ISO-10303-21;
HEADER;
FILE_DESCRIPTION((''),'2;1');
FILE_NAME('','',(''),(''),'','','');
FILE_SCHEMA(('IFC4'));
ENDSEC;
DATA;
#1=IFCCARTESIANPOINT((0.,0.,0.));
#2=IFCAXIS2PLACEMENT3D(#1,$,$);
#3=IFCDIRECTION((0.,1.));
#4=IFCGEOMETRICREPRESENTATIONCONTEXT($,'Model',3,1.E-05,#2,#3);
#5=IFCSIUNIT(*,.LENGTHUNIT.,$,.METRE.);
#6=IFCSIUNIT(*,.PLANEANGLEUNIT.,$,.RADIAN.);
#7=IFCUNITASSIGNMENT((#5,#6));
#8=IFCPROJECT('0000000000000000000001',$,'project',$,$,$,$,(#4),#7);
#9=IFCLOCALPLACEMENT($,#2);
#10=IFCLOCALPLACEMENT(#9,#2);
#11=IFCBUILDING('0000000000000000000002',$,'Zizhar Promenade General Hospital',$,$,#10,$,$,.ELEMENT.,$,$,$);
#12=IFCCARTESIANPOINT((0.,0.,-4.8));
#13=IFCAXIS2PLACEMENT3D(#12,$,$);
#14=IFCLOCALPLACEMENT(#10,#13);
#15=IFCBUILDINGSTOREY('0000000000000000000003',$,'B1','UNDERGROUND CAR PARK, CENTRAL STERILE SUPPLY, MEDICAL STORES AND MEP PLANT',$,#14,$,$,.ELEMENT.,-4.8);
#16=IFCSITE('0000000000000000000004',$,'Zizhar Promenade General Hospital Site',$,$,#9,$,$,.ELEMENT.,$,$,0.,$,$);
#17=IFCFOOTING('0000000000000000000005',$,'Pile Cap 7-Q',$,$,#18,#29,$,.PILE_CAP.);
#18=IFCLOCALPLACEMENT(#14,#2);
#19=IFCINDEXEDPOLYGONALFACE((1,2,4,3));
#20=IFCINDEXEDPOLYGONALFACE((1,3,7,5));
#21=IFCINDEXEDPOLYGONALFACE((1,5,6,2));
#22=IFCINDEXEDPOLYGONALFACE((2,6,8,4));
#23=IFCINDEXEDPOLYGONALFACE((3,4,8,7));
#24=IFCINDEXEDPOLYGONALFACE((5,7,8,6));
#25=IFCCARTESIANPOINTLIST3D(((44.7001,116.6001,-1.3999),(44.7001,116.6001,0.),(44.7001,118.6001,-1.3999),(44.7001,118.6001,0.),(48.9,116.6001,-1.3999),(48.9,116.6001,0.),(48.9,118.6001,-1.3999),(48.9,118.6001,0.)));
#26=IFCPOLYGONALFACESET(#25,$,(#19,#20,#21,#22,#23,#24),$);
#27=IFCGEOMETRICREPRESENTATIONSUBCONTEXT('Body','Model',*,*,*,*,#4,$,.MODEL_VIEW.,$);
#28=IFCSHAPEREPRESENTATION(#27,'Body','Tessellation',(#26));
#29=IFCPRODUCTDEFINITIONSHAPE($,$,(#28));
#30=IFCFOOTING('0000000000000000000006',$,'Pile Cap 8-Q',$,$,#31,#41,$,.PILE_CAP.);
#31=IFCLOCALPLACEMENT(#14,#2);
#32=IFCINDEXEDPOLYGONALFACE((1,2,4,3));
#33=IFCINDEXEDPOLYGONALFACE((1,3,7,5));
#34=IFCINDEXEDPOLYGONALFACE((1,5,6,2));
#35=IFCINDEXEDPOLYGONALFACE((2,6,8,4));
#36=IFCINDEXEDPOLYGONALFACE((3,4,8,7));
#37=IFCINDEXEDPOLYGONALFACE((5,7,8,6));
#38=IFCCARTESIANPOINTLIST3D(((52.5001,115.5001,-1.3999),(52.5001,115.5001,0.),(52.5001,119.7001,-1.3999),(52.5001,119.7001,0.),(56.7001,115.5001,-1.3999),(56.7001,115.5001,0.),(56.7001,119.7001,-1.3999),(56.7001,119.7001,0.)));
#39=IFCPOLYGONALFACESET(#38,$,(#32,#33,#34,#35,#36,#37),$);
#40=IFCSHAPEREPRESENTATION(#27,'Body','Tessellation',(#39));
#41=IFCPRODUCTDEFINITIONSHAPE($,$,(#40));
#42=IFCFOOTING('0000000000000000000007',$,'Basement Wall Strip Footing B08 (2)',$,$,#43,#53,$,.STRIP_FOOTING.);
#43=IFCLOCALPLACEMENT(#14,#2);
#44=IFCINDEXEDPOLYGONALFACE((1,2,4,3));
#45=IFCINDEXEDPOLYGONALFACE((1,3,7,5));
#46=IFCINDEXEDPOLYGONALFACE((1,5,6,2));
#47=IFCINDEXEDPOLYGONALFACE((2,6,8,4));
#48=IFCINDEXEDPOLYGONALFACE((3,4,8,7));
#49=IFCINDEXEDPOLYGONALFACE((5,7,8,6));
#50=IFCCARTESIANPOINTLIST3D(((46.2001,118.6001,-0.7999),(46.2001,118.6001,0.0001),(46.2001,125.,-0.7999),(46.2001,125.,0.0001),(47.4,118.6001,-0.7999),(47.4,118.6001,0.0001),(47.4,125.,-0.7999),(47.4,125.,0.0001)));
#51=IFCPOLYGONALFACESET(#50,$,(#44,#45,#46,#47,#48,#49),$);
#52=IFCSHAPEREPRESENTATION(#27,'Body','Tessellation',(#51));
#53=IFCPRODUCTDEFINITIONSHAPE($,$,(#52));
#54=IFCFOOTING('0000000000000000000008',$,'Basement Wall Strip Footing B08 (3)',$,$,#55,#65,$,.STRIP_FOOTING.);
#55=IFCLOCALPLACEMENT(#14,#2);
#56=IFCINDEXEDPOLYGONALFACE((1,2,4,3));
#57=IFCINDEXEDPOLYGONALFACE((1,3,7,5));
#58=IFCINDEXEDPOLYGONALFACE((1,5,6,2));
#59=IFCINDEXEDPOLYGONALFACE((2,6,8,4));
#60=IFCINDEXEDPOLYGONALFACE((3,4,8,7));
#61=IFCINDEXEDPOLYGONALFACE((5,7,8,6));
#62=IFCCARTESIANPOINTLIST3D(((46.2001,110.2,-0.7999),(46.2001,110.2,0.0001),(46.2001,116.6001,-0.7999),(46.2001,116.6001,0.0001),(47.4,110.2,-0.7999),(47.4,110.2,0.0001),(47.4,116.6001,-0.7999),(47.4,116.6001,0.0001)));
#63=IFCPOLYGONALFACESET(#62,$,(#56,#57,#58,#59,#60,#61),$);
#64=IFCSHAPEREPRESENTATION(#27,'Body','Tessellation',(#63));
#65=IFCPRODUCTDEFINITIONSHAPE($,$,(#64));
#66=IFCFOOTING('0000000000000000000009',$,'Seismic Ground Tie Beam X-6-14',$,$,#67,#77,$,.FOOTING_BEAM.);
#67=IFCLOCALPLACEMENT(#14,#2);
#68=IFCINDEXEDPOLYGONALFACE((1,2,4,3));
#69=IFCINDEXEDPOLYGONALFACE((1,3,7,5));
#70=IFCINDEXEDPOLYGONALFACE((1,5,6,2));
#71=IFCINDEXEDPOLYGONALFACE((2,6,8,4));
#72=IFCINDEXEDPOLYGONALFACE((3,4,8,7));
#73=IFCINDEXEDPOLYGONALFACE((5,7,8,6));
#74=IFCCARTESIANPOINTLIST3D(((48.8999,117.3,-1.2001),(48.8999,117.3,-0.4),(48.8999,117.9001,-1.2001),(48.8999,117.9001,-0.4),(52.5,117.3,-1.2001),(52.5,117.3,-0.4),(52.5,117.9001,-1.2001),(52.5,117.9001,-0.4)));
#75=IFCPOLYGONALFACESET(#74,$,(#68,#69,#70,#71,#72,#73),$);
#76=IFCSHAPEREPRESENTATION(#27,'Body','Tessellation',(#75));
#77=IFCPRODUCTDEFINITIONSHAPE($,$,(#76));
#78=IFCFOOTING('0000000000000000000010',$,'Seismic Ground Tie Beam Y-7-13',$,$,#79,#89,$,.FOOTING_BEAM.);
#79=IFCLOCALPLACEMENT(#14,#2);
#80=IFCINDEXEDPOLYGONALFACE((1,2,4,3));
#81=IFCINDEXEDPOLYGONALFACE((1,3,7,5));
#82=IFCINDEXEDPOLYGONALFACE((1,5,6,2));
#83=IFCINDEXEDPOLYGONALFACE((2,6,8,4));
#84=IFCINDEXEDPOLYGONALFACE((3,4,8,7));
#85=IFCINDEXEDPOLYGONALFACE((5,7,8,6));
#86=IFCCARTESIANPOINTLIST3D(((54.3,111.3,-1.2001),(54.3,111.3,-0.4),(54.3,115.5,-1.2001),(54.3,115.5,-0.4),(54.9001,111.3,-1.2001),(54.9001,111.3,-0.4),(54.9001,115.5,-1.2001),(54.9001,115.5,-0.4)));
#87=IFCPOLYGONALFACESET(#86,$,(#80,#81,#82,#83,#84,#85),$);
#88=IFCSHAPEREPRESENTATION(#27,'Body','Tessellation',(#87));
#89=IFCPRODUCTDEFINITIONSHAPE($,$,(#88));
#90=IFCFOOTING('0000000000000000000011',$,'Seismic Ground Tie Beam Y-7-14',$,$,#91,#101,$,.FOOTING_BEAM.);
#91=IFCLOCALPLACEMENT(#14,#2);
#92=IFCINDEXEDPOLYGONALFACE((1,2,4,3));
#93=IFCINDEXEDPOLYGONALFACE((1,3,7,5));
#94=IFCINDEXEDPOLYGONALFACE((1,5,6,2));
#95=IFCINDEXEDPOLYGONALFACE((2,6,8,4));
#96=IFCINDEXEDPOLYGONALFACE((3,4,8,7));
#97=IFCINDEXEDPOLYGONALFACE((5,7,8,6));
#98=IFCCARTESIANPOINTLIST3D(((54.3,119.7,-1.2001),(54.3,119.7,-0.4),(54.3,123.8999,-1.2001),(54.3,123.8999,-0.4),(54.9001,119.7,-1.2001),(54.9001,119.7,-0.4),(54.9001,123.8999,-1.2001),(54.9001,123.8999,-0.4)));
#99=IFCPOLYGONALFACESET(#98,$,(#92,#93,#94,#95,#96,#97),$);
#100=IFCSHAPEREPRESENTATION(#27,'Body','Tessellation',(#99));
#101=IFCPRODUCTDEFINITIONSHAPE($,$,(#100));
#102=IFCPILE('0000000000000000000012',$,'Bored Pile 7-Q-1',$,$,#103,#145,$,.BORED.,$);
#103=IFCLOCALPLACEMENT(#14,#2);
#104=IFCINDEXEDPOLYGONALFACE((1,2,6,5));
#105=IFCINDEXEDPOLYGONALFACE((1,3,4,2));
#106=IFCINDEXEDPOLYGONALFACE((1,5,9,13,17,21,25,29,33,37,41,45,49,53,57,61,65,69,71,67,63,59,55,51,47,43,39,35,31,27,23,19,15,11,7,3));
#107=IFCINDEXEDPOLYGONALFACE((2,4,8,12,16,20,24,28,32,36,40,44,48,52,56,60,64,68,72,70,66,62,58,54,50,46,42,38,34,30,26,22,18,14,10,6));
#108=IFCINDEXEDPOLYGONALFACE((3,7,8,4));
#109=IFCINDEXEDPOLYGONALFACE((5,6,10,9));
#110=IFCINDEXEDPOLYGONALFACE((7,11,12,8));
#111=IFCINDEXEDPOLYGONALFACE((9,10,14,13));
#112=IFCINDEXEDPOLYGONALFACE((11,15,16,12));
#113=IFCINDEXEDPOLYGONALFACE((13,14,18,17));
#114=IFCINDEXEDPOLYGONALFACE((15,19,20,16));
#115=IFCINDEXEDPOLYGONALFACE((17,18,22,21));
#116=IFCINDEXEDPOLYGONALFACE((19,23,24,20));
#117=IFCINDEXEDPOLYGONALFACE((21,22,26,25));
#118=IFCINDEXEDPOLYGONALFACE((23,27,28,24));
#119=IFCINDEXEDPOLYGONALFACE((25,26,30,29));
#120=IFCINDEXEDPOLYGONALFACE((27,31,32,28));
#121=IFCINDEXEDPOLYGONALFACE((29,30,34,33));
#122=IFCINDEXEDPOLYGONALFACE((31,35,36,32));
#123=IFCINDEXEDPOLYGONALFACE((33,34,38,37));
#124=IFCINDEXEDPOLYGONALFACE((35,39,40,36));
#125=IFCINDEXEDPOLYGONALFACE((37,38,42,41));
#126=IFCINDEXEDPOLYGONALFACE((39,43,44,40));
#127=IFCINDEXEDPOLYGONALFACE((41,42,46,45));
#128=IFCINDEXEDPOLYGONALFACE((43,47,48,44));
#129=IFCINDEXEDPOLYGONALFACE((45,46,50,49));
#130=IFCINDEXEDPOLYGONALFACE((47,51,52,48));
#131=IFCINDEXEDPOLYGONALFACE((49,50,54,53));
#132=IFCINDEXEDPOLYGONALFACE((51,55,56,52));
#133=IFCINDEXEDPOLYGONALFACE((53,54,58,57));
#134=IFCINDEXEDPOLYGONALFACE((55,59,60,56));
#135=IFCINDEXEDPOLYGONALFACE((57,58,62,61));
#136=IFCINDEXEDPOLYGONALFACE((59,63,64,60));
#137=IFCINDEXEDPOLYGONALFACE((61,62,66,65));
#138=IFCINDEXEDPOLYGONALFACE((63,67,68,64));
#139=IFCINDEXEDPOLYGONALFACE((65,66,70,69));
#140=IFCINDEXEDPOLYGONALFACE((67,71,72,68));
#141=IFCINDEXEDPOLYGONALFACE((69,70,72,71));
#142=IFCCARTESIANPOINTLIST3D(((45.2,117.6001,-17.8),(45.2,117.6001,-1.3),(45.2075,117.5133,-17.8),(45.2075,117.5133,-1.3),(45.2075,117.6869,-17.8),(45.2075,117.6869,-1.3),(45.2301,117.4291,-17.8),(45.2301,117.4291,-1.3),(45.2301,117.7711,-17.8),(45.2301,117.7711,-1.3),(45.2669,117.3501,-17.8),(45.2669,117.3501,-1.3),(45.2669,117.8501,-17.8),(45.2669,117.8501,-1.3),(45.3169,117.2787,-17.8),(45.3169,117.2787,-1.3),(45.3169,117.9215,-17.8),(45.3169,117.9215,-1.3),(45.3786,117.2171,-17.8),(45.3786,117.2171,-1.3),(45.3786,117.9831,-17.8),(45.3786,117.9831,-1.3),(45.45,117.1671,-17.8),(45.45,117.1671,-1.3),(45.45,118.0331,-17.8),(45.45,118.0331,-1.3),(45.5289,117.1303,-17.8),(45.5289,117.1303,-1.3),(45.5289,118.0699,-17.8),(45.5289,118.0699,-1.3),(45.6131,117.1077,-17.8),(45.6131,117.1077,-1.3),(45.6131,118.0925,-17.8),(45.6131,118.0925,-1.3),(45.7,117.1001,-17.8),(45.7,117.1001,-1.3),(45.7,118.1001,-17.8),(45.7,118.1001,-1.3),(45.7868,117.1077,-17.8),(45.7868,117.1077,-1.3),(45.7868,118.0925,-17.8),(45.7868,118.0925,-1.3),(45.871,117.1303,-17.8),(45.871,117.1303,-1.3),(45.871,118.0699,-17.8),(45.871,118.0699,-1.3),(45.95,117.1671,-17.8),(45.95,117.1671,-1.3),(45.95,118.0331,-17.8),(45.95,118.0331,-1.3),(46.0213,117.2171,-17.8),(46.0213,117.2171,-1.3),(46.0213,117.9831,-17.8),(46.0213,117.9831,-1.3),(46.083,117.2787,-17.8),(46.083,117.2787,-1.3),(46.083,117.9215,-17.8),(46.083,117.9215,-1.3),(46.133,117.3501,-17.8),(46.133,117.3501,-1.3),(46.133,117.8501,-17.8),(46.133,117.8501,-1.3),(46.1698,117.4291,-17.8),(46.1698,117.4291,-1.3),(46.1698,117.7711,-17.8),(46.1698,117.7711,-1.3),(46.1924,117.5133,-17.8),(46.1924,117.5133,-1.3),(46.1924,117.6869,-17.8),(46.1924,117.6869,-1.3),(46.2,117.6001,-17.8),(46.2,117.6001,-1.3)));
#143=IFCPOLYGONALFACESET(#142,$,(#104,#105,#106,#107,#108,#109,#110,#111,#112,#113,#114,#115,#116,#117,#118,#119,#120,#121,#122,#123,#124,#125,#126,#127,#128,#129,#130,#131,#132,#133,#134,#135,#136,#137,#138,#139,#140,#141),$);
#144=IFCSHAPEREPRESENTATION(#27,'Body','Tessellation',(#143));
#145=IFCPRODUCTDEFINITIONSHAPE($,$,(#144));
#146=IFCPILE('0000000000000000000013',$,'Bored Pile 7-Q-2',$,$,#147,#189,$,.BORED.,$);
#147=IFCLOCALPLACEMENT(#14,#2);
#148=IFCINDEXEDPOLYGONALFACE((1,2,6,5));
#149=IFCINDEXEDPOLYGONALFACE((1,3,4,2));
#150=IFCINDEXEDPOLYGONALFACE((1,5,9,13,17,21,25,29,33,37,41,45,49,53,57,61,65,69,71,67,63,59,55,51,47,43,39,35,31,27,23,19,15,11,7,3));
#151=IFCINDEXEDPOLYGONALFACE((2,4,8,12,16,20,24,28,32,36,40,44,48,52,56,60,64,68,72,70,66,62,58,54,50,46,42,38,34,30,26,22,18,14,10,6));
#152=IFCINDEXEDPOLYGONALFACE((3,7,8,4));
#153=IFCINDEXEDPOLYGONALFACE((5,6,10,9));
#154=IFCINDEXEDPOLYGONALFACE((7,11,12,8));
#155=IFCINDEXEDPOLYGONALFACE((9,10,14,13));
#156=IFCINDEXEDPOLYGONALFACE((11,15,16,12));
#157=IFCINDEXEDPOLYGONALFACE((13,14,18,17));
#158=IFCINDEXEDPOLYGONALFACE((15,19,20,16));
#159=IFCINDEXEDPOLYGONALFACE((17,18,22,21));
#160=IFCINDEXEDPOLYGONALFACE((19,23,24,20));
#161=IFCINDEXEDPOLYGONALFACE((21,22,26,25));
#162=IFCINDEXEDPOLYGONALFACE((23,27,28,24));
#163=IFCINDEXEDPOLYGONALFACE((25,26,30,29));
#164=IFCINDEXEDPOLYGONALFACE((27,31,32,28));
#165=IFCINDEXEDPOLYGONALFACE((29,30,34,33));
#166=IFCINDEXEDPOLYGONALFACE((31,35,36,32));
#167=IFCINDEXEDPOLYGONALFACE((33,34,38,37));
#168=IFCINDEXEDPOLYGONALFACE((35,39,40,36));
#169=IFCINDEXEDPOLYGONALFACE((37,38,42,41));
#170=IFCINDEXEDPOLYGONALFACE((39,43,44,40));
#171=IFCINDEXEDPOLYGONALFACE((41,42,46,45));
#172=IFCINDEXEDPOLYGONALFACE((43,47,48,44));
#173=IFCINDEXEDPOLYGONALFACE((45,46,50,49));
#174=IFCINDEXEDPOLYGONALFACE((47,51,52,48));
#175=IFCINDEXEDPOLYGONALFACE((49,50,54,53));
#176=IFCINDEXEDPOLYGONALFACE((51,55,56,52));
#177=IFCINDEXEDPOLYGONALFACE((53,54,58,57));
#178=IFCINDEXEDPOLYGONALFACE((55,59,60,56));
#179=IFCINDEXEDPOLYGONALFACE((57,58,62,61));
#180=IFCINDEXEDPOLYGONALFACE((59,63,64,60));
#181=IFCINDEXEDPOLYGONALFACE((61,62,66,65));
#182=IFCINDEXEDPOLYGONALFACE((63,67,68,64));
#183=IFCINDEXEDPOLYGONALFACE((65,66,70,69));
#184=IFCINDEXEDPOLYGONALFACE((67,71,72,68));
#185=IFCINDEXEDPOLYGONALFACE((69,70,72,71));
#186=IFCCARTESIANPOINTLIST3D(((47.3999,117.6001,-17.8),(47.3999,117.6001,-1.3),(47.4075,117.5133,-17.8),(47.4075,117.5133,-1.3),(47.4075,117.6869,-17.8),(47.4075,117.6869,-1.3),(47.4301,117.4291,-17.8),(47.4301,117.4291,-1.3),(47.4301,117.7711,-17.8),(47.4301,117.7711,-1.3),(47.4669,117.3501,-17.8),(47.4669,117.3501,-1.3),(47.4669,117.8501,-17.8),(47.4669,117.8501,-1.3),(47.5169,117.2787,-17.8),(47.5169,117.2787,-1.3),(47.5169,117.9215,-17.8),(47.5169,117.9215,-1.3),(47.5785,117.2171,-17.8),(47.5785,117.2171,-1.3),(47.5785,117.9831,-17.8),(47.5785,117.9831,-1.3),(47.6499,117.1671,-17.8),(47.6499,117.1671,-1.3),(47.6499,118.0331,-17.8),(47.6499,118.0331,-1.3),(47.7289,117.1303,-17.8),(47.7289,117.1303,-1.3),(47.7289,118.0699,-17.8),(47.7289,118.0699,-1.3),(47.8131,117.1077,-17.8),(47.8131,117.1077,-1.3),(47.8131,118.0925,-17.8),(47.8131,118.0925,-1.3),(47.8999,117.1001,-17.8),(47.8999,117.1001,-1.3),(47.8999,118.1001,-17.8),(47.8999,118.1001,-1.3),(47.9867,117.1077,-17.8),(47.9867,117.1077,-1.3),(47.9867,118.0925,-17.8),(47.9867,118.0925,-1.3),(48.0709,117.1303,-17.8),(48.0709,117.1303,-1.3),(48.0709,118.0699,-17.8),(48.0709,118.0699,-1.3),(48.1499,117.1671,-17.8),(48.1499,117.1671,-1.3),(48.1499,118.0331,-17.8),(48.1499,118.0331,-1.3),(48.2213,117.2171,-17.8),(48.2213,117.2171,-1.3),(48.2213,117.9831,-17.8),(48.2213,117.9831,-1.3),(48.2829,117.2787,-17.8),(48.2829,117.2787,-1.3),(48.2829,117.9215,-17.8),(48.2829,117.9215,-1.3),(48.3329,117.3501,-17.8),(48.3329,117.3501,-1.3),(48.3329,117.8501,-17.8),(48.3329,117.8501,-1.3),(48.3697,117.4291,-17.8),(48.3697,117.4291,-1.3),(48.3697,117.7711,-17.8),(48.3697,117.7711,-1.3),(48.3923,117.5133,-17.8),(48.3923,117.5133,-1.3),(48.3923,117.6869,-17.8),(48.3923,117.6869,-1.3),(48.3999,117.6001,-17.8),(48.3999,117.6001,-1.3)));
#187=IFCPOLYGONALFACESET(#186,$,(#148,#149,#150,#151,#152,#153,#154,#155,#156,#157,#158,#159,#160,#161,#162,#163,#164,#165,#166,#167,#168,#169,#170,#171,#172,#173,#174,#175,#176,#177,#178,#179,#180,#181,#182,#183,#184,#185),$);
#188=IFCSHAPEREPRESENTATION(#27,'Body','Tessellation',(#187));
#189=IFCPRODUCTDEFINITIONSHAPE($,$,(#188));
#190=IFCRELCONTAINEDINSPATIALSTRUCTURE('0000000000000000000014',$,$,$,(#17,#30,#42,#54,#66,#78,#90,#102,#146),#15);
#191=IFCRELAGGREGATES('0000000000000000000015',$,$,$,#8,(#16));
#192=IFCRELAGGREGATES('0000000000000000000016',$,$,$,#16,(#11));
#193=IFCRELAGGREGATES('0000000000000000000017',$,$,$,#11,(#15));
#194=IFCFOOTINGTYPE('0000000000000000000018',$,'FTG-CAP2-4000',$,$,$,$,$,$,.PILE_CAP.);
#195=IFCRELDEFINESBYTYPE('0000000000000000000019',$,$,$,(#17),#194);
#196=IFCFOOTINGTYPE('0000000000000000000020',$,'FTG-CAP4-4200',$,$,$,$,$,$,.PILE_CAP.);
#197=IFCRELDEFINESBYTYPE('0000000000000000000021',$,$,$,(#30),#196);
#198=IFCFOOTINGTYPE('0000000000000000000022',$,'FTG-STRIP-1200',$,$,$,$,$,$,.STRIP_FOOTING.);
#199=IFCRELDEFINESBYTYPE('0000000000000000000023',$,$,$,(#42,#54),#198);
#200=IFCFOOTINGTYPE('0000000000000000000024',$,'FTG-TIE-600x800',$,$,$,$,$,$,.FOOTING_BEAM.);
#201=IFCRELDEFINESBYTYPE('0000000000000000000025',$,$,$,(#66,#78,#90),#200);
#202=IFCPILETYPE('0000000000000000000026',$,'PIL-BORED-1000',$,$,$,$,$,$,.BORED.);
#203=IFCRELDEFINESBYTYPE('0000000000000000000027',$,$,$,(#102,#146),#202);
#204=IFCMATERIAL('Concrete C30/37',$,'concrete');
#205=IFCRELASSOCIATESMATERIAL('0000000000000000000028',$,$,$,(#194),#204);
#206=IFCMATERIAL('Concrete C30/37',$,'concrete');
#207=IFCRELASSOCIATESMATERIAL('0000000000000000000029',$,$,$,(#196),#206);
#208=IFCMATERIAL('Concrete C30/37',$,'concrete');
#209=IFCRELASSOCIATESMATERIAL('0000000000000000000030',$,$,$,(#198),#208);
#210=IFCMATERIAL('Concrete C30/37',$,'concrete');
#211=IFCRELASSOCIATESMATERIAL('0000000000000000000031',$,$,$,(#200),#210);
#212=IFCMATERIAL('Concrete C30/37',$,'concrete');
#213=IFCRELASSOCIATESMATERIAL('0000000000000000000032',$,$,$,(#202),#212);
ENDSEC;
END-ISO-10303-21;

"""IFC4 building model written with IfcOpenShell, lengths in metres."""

from ifc_helpers import new_model, si_unit, direction, frame, origin, origin_2d, place, context, subcontext, project, spatial, rectangle, circle, extrude, material, material_profile, profile_set, type_object, element, save


model = new_model("IFC4")

# Units and contexts
model_context = context("Model", 3, precision=1e-05, world=origin(), true_north=direction((0.0, 1.0)))
body_context = subcontext(model_context, "Body", "Model", "MODEL_VIEW")
ifc_project = project(units=[si_unit("LENGTHUNIT", "METRE"), si_unit("PLANEANGLEUNIT", "RADIAN")], contexts=[model_context])

# Site, building, storey
site_placement = place(None, origin())
site = spatial("IfcSite", under=ifc_project, at=site_placement, Name="Zizhar Promenade General Hospital Site", CompositionType="ELEMENT", RefElevation=0.0)
building_placement = place(site_placement, origin())
building = spatial("IfcBuilding", under=site, at=building_placement, Name="Zizhar Promenade General Hospital", CompositionType="ELEMENT")
storey_placement = place(building_placement, frame((0.0, 0.0, -4.8)))
storey = spatial("IfcBuildingStorey", under=building, at=storey_placement, Name="B1", Description="UNDERGROUND CAR PARK, CENTRAL STERILE SUPPLY, MEDICAL STORES AND MEP PLANT", CompositionType="ELEMENT", Elevation=-4.8)

# Footings
ifc_material_1 = material(Name="Concrete C30/37", Category="concrete")
footing_type_1 = type_object("IfcFootingType", Name="FTG-CAP2-4000", PredefinedType="PILE_CAP", material=ifc_material_1)
footing_1_placement = place(storey_placement, frame((46.8, 117.6001, -1.3999), z_axis=(0.0, 0.0, 1.0), x_axis=(1.0, 0.0, 0.0)))
element("IfcFooting", 1, at=footing_1_placement, inside=storey, type_object=footing_type_1, Name="Pile Cap 7-Q", PredefinedType="PILE_CAP", context=body_context, shape_type="SweptSolid", body=[
    extrude(rectangle(XDim=4.2, YDim=2.0, at=origin_2d()), origin(), (0.0, 0.0, 1.0), 1.3999),
])
ifc_material_2 = material(Name="Concrete C30/37", Category="concrete")
footing_type_2 = type_object("IfcFootingType", Name="FTG-CAP4-4200", PredefinedType="PILE_CAP", material=ifc_material_2)
footing_2_placement = place(storey_placement, frame((54.6001, 117.6001, -1.3999), z_axis=(0.0, 0.0, 1.0), x_axis=(1.0, 0.0, 0.0)))
element("IfcFooting", 2, at=footing_2_placement, inside=storey, type_object=footing_type_2, Name="Pile Cap 8-Q", PredefinedType="PILE_CAP", context=body_context, shape_type="SweptSolid", body=[
    extrude(rectangle(XDim=4.2, YDim=4.2, at=origin_2d()), origin(), (0.0, 0.0, 1.0), 1.3999),
])
ifc_material_3 = material(Name="Concrete C30/37", Category="concrete")
ifc_material_profile_1 = material_profile(ifc_material_3, rectangle(XDim=1.2, YDim=0.8, at=origin_2d()))
ifc_profile_set_1 = profile_set([ifc_material_profile_1], Name="Concrete C30/37")
footing_type_3 = type_object("IfcFootingType", Name="FTG-STRIP-1200", PredefinedType="STRIP_FOOTING", material=ifc_profile_set_1)
footing_3_placement = place(storey_placement, frame((46.8, 125.0, -0.3999), z_axis=(0.0, -1.0, 0.0), x_axis=(1.0, 0.0, 0.0)))
element("IfcFooting", 3, at=footing_3_placement, inside=storey, type_object=footing_type_3, Name="Basement Wall Strip Footing B08 (2)", PredefinedType="STRIP_FOOTING", context=body_context, shape_type="SweptSolid", body=[
    extrude(rectangle(XDim=1.2, YDim=0.8, at=origin_2d()), origin(), (0.0, 0.0, 1.0), 6.3999),
])
footing_4_placement = place(storey_placement, frame((46.8, 116.6001, -0.3999), z_axis=(0.0, -1.0, 0.0), x_axis=(1.0, 0.0, 0.0)))
element("IfcFooting", 4, at=footing_4_placement, inside=storey, type_object=footing_type_3, Name="Basement Wall Strip Footing B08 (3)", PredefinedType="STRIP_FOOTING", context=body_context, shape_type="SweptSolid", body=[
    extrude(rectangle(XDim=1.2, YDim=0.8, at=origin_2d()), origin(), (0.0, 0.0, 1.0), 6.4001),
])
ifc_material_4 = material(Name="Concrete C30/37", Category="concrete")
ifc_material_profile_2 = material_profile(ifc_material_4, rectangle(XDim=0.6001, YDim=0.8, at=origin_2d()))
ifc_profile_set_2 = profile_set([ifc_material_profile_2], Name="Concrete C30/37")
footing_type_4 = type_object("IfcFootingType", Name="FTG-TIE-600x800", PredefinedType="FOOTING_BEAM", material=ifc_profile_set_2)
footing_5_placement = place(storey_placement, frame((48.8999, 117.6001, -0.8), z_axis=(1.0, 0.0, 0.0), x_axis=(0.0, 1.0, 0.0)))
element("IfcFooting", 5, at=footing_5_placement, inside=storey, type_object=footing_type_4, Name="Seismic Ground Tie Beam X-6-14", PredefinedType="FOOTING_BEAM", context=body_context, shape_type="SweptSolid", body=[
    extrude(rectangle(XDim=0.6001, YDim=0.8, at=origin_2d()), origin(), (0.0, 0.0, 1.0), 3.6001),
])
for number, where, z_axis, x_axis, name in (
    (6, (54.6001, 111.3, -0.8), (0.0, 1.0, 0.0), (-1.0, 0.0, 0.0), "Seismic Ground Tie Beam Y-7-13"),
    (7, (54.6001, 119.7, -0.8), (0.0, 1.0, 0.0), (-1.0, 0.0, 0.0), "Seismic Ground Tie Beam Y-7-14"),
):
    element("IfcFooting", number, at=place(storey_placement, frame(where, z_axis=z_axis, x_axis=x_axis)), inside=storey, type_object=footing_type_4, Name=name, PredefinedType="FOOTING_BEAM", context=body_context, shape_type="SweptSolid", body=[
        extrude(rectangle(XDim=0.6001, YDim=0.8, at=origin_2d()), origin(), (0.0, 0.0, 1.0), 4.2),
    ])

# Piles
ifc_material_5 = material(Name="Concrete C30/37", Category="concrete")
ifc_material_profile_3 = material_profile(ifc_material_5, circle(Radius=0.5, at=origin_2d()))
ifc_profile_set_3 = profile_set([ifc_material_profile_3], Name="Concrete C30/37")
pile_type = type_object("IfcPileType", Name="PIL-BORED-1000", PredefinedType="BORED", material=ifc_profile_set_3)
for number, where, z_axis, x_axis, name in (
    (8, (45.7, 117.6001, -1.3), (0.0, 0.0, -1.0), (1.0, 0.0, 0.0), "Bored Pile 7-Q-1"),
    (9, (47.8999, 117.6001, -1.3), (0.0, 0.0, -1.0), (1.0, 0.0, 0.0), "Bored Pile 7-Q-2"),
):
    element("IfcPile", number, at=place(storey_placement, frame(where, z_axis=z_axis, x_axis=x_axis)), inside=storey, type_object=pile_type, Name=name, PredefinedType="BORED", context=body_context, shape_type="SweptSolid", body=[
        extrude(circle(Radius=0.5, at=origin_2d()), origin(), (0.0, 0.0, 1.0), 16.5),
    ])

save(model, "model.ifc")
